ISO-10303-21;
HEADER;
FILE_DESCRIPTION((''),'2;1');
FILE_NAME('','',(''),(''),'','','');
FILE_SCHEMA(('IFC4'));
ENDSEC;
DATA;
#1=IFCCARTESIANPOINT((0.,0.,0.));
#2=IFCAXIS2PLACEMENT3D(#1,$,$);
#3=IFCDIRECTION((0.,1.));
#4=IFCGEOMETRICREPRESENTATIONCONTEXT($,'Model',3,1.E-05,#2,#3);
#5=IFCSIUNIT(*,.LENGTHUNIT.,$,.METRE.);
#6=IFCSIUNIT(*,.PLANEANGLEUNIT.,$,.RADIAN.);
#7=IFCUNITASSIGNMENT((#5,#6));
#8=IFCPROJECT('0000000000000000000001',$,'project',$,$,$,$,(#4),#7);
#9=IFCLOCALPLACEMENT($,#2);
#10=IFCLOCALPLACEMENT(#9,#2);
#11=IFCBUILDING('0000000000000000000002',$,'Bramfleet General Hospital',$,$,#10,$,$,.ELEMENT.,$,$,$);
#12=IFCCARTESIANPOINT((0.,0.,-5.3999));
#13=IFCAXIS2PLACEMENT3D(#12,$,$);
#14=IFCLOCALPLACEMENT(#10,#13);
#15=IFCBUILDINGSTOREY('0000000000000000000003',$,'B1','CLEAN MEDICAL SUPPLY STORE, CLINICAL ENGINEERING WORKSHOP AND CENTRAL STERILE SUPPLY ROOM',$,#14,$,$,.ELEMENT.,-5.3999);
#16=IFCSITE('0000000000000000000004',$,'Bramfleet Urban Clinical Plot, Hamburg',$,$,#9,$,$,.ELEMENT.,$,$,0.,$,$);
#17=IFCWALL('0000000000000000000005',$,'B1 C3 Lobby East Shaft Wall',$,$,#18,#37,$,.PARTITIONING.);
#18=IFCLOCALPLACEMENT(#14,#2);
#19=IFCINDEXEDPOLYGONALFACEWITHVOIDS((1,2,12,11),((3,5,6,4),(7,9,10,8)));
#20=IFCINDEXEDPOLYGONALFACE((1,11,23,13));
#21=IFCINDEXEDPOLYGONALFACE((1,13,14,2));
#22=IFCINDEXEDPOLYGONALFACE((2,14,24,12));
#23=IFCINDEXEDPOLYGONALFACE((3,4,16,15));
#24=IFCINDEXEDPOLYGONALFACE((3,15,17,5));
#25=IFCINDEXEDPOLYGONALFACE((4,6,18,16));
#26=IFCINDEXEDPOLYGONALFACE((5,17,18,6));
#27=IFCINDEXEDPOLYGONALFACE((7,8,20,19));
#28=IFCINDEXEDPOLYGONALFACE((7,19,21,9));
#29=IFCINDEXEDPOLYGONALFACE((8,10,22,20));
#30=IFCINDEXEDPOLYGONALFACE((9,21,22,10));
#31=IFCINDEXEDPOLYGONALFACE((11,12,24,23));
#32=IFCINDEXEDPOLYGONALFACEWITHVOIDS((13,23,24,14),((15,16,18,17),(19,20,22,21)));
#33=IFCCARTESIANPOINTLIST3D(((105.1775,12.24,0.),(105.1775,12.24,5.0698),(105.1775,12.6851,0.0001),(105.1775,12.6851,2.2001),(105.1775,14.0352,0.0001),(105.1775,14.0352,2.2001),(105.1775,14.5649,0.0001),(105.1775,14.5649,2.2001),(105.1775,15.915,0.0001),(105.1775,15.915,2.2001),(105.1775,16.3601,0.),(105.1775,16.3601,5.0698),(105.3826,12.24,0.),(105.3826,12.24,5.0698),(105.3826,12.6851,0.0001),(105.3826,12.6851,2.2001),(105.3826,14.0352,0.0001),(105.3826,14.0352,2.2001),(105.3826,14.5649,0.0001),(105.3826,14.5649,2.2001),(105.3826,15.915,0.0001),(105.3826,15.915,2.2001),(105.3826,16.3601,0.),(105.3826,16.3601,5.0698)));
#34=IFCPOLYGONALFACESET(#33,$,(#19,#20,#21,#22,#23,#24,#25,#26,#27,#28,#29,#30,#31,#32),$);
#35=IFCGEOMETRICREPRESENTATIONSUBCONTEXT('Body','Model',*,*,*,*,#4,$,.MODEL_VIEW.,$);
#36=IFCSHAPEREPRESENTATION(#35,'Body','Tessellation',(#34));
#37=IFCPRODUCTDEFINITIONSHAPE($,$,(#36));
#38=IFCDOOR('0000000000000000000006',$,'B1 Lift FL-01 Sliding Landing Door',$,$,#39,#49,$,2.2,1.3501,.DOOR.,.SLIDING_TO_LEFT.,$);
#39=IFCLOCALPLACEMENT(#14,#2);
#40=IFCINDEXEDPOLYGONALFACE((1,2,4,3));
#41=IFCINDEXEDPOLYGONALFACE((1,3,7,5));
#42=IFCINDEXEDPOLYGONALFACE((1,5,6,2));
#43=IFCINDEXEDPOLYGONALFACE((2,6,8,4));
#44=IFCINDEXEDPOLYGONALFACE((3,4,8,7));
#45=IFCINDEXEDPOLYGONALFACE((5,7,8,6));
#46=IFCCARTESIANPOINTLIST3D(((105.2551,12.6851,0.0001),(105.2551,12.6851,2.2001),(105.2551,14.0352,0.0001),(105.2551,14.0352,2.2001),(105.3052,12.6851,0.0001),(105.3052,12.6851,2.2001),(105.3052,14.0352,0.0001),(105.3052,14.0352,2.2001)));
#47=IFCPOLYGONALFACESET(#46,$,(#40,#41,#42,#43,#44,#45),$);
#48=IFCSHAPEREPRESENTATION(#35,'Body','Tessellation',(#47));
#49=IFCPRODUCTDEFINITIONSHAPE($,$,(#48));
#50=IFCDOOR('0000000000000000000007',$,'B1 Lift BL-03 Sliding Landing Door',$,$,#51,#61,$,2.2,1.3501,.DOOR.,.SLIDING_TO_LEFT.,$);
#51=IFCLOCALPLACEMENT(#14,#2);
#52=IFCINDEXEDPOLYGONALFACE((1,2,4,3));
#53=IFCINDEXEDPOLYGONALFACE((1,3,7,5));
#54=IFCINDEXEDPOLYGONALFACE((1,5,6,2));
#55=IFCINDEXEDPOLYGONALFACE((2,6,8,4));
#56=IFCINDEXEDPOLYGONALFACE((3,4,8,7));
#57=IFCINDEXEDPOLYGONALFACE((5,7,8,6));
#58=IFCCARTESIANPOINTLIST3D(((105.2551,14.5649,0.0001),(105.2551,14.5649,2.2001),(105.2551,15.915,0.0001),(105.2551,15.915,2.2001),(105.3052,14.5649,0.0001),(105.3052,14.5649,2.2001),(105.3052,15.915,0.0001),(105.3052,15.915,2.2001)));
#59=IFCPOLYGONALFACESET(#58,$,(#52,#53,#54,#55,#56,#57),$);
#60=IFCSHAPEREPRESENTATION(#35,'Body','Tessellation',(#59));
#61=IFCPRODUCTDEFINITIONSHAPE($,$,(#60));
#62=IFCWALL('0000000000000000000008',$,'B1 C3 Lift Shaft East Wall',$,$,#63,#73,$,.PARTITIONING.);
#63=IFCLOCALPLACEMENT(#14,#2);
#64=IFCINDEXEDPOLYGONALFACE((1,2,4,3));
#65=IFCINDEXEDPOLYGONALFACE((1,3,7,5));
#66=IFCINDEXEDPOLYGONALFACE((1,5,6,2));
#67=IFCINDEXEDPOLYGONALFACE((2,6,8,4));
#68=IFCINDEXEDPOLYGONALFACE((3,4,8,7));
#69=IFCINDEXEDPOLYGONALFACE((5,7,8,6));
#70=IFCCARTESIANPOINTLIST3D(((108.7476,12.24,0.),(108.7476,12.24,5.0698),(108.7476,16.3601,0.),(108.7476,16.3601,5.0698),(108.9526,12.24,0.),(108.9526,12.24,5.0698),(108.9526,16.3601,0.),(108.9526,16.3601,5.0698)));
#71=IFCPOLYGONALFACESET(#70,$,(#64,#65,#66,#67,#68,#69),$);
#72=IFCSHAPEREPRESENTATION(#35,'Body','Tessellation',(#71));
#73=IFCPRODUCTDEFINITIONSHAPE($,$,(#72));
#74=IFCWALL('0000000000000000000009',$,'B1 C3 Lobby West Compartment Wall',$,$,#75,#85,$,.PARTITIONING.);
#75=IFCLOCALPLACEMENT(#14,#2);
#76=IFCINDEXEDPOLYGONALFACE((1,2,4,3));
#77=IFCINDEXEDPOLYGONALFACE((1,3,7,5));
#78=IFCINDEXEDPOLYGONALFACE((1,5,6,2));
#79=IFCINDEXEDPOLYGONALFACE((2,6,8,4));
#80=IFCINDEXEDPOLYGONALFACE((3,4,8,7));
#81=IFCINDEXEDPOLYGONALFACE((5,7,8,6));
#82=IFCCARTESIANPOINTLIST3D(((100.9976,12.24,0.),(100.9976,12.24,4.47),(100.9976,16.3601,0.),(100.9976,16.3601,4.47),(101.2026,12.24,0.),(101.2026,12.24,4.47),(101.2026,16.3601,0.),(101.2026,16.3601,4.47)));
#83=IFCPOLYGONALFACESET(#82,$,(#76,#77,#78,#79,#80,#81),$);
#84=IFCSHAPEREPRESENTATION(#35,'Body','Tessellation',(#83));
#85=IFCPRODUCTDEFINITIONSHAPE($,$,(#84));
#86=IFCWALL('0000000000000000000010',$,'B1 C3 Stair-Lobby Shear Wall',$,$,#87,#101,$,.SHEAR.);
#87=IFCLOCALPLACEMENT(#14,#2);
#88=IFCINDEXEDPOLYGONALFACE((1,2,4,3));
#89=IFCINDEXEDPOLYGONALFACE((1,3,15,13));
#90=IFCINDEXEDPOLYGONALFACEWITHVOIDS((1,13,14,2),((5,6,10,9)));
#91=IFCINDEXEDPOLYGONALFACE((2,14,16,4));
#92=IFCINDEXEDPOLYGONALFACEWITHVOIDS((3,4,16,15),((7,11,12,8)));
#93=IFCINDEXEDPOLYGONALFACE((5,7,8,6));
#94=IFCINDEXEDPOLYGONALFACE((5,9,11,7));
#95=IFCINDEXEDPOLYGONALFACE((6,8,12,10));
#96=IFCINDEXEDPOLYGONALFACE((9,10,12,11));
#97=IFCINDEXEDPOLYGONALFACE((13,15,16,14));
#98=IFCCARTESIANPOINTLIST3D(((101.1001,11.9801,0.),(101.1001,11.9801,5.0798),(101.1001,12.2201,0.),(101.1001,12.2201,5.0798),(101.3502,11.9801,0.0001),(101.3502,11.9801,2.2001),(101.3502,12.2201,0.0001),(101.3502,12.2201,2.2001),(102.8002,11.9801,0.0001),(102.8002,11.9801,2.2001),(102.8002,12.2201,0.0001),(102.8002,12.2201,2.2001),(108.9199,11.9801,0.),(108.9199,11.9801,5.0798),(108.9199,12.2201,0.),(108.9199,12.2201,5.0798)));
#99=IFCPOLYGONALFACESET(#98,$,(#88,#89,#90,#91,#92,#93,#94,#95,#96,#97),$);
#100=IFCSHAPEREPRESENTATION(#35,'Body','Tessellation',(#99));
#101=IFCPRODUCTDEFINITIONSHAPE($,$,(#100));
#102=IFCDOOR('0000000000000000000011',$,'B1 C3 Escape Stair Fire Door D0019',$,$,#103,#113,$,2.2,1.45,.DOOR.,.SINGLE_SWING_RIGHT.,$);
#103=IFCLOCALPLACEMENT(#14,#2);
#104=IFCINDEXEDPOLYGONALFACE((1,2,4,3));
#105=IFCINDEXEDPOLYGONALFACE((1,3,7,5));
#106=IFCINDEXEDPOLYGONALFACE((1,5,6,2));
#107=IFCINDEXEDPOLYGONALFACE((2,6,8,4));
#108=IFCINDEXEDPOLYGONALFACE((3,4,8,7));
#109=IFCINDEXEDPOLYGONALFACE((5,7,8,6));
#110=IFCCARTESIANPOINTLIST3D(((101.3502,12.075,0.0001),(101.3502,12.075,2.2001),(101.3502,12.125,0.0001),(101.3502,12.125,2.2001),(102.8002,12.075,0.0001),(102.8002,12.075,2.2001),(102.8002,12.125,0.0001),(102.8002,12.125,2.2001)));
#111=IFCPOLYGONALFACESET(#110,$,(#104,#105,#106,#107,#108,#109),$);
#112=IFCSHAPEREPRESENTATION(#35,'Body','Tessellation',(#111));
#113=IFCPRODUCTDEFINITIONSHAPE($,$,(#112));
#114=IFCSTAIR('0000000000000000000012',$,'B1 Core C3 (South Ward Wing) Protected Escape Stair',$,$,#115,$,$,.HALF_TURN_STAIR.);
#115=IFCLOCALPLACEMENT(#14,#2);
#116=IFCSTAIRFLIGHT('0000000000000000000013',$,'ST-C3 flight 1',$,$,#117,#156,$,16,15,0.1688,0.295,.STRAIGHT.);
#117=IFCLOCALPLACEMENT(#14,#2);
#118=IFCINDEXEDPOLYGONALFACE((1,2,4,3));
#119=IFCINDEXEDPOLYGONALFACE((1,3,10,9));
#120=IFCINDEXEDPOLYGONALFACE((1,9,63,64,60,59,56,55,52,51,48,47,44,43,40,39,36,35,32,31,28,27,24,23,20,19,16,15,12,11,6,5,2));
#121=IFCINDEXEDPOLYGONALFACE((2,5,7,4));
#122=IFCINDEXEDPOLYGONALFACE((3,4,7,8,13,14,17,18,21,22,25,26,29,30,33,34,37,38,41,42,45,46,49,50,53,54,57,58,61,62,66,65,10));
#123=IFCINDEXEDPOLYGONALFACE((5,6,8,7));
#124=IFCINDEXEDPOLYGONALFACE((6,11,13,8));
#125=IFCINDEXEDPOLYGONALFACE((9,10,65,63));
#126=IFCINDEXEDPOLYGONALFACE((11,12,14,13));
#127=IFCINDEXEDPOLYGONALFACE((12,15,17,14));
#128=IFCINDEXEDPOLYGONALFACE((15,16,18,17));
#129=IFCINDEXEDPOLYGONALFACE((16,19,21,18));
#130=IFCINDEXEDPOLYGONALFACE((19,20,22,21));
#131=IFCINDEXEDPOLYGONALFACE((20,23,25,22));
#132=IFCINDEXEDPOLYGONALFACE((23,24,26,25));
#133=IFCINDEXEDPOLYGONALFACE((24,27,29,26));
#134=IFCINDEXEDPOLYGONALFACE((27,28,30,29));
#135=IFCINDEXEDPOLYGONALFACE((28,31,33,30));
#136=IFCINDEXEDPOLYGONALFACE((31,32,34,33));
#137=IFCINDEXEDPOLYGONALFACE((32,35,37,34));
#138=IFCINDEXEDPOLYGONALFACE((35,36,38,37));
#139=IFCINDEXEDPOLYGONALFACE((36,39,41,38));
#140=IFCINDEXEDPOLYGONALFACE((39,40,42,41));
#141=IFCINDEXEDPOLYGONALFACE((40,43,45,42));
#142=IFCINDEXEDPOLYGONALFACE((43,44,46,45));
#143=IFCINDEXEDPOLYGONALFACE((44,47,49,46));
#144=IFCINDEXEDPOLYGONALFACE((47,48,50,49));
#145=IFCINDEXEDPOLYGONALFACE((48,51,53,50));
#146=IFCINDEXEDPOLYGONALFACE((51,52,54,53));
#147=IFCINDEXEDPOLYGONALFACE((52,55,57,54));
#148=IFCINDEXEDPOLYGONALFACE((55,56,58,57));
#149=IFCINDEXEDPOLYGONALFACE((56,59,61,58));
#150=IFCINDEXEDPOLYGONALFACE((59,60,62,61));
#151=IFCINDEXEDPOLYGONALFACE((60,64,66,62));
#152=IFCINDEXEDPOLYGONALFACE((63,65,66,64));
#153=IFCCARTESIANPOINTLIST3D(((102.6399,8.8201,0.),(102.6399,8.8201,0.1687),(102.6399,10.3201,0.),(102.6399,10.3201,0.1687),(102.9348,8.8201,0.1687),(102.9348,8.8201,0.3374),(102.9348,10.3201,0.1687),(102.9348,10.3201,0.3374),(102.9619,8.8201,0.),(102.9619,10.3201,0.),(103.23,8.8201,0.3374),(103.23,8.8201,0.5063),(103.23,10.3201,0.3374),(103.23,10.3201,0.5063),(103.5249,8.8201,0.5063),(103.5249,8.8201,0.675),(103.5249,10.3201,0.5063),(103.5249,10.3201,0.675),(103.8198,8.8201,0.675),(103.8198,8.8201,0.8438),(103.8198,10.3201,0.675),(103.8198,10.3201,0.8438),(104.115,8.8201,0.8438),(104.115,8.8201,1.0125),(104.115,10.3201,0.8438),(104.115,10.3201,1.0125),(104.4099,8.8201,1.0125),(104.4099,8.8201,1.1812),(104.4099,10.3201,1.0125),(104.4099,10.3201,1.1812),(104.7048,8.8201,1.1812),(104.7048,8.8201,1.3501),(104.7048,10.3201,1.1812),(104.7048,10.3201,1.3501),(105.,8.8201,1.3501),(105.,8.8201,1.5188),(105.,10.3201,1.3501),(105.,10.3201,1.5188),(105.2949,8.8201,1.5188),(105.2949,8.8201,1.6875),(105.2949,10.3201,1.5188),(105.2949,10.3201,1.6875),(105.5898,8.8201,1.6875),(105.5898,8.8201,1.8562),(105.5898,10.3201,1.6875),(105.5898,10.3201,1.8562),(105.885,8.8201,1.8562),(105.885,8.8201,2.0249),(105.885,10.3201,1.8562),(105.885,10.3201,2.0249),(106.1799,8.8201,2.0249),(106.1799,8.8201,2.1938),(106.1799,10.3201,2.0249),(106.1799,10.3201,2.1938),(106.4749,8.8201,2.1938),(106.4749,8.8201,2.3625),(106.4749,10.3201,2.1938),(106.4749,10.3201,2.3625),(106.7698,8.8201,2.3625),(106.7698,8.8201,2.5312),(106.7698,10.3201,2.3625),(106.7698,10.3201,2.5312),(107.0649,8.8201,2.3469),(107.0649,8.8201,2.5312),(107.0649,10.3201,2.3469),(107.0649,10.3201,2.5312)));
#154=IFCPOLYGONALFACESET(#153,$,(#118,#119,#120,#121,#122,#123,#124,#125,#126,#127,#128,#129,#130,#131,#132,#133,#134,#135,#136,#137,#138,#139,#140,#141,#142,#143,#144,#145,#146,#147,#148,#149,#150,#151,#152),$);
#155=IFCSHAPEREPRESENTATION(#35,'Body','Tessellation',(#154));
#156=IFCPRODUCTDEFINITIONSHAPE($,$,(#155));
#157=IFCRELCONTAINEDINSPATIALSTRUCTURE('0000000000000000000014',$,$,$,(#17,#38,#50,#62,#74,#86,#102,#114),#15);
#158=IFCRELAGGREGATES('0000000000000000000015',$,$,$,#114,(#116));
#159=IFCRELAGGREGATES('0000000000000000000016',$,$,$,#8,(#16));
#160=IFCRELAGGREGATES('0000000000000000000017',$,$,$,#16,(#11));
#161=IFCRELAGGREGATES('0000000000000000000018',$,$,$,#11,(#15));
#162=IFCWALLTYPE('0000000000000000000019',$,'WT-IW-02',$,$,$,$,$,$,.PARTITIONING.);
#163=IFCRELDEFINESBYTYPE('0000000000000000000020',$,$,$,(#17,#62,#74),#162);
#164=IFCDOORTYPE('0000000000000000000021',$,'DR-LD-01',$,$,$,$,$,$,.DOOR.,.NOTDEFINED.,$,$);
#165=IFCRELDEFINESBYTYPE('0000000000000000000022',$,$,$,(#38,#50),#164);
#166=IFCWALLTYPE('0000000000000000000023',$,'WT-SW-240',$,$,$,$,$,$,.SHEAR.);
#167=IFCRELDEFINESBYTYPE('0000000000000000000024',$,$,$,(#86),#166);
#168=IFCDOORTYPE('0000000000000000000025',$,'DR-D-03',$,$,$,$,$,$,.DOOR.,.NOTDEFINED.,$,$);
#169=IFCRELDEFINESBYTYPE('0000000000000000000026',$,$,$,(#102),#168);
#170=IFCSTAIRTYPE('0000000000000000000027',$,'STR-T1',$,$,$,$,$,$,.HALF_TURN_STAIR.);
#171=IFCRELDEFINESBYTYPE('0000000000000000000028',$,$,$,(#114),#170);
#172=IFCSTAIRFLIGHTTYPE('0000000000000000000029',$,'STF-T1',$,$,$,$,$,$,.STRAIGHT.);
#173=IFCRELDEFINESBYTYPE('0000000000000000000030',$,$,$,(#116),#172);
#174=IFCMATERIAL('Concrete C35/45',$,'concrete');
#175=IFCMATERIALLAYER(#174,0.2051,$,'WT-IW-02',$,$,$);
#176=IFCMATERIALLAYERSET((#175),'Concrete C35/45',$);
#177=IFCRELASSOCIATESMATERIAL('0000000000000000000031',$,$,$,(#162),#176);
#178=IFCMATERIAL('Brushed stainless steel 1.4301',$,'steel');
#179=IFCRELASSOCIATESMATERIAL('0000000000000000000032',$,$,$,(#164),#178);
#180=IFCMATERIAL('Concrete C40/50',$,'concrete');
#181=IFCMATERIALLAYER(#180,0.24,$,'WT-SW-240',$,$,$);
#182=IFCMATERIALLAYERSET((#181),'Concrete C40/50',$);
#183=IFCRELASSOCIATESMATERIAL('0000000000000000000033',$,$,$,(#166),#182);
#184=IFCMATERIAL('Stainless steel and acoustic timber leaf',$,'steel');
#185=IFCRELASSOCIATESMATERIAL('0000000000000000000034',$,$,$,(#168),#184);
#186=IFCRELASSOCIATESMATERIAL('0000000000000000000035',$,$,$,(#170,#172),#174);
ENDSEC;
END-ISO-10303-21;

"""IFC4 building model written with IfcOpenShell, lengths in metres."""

from ifc_helpers import new_model, si_unit, direction, frame, frame_2d, origin, place, context, subcontext, project, spatial, polyline, rectangle, outline, extrude, material, layer, layer_set, type_object, element, fill, aggregate, save


model = new_model("IFC4")

# Units and contexts
model_context = context("Model", 3, precision=1e-05, world=origin(), true_north=direction((0.0, 1.0)))
body_context = subcontext(model_context, "Body", "Model", "MODEL_VIEW")
ifc_project = project(units=[si_unit("LENGTHUNIT", "METRE"), si_unit("PLANEANGLEUNIT", "RADIAN")], contexts=[model_context])

# Site, building, storey
site_placement = place(None, origin())
site = spatial("IfcSite", under=ifc_project, at=site_placement, Name="Bramfleet Urban Clinical Plot, Hamburg", CompositionType="ELEMENT", RefElevation=0.0)
building_placement = place(site_placement, origin())
building = spatial("IfcBuilding", under=site, at=building_placement, Name="Bramfleet General Hospital", CompositionType="ELEMENT")
storey_placement = place(building_placement, frame((0.0, 0.0, -5.3999)))
storey = spatial("IfcBuildingStorey", under=building, at=storey_placement, Name="B1", Description="CLEAN MEDICAL SUPPLY STORE, CLINICAL ENGINEERING WORKSHOP AND CENTRAL STERILE SUPPLY ROOM", CompositionType="ELEMENT", Elevation=-5.3999)

# Shared definitions
ifc_material_1 = material(Name="Concrete C35/45", Category="concrete")

# Wall, openings, doors
ifc_layer_1 = layer(ifc_material_1, 0.2051, Name="WT-IW-02")
ifc_layer_set_1 = layer_set([ifc_layer_1], Name="Concrete C35/45")
wall_type_1 = type_object("IfcWallType", Name="WT-IW-02", PredefinedType="PARTITIONING", material=ifc_layer_set_1)
wall_1_placement = place(storey_placement, frame((105.28, 12.24, 0.0), z_axis=(0.0, 0.0, 1.0), x_axis=(0.0, 1.0, 0.0)))
wall_1 = element("IfcWall", 1, at=wall_1_placement, inside=storey, type_object=wall_type_1, Name="B1 C3 Lobby East Shaft Wall", PredefinedType="PARTITIONING", context=body_context, shape_type="SweptSolid", body=[
    extrude(rectangle(XDim=4.1201, YDim=0.2051, at=frame_2d((2.0601, 0.0))), origin(), (0.0, 0.0, 1.0), 5.0698),
])
opening_1_placement = place(wall_1_placement, frame((0.4451, 0.0, 0.0)))
opening_1 = element("IfcOpeningElement", 2, at=opening_1_placement, cuts=wall_1, PredefinedType="OPENING", context=body_context, shape_type="SweptSolid", body=[
    extrude(rectangle(XDim=1.3501, YDim=2.2, at=frame_2d((0.675, 1.1001))), frame((0.0, 0.1125, 0.0), z_axis=(0.0, -1.0, 0.0), x_axis=(1.0, 0.0, 0.0)), (0.0, 0.0, 1.0), 0.2251),
])
opening_2_placement = place(wall_1_placement, frame((2.325, 0.0, 0.0)))
opening_2 = element("IfcOpeningElement", 3, at=opening_2_placement, cuts=wall_1, PredefinedType="OPENING", context=body_context, shape_type="SweptSolid", body=[
    extrude(rectangle(XDim=1.3501, YDim=2.2, at=frame_2d((0.675, 1.1001))), frame((0.0, 0.1125, 0.0), z_axis=(0.0, -1.0, 0.0), x_axis=(1.0, 0.0, 0.0)), (0.0, 0.0, 1.0), 0.2251),
])
ifc_material_2 = material(Name="Brushed stainless steel 1.4301", Category="steel")
door_type_1 = type_object("IfcDoorType", Name="DR-LD-01", OperationType="NOTDEFINED", PredefinedType="DOOR", material=ifc_material_2)
door_1_placement = place(opening_1_placement, origin())
door_1 = element("IfcDoor", 4, at=door_1_placement, inside=storey, type_object=door_type_1, Name="B1 Lift FL-01 Sliding Landing Door", OperationType="SLIDING_TO_LEFT", OverallHeight=2.2, OverallWidth=1.3501, PredefinedType="DOOR", context=body_context, shape_type="SweptSolid", body=[
    extrude(rectangle(XDim=1.3501, YDim=2.2, at=frame_2d((0.675, 1.1001))), frame((0.0, 0.0249, 0.0), z_axis=(0.0, -1.0, 0.0), x_axis=(1.0, 0.0, 0.0)), (0.0, 0.0, 1.0), 0.05),
])
fill(opening_1, door_1)
door_2_placement = place(opening_2_placement, origin())
door_2 = element("IfcDoor", 5, at=door_2_placement, inside=storey, type_object=door_type_1, Name="B1 Lift BL-03 Sliding Landing Door", OperationType="SLIDING_TO_LEFT", OverallHeight=2.2, OverallWidth=1.3501, PredefinedType="DOOR", context=body_context, shape_type="SweptSolid", body=[
    extrude(rectangle(XDim=1.3501, YDim=2.2, at=frame_2d((0.675, 1.1001))), frame((0.0, 0.0249, 0.0), z_axis=(0.0, -1.0, 0.0), x_axis=(1.0, 0.0, 0.0)), (0.0, 0.0, 1.0), 0.05),
])
fill(opening_2, door_2)

# Walls
wall_2_placement = place(storey_placement, frame((108.8501, 12.24, 0.0), z_axis=(0.0, 0.0, 1.0), x_axis=(0.0, 1.0, 0.0)))
element("IfcWall", 6, at=wall_2_placement, inside=storey, type_object=wall_type_1, Name="B1 C3 Lift Shaft East Wall", PredefinedType="PARTITIONING", context=body_context, shape_type="SweptSolid", body=[
    extrude(rectangle(XDim=4.1201, YDim=0.2051, at=frame_2d((2.0601, 0.0))), origin(), (0.0, 0.0, 1.0), 5.0698),
])
wall_3_placement = place(storey_placement, frame((101.1001, 12.24, 0.0), z_axis=(0.0, 0.0, 1.0), x_axis=(0.0, 1.0, 0.0)))
element("IfcWall", 7, at=wall_3_placement, inside=storey, type_object=wall_type_1, Name="B1 C3 Lobby West Compartment Wall", PredefinedType="PARTITIONING", context=body_context, shape_type="SweptSolid", body=[
    extrude(rectangle(XDim=4.1201, YDim=0.2051, at=frame_2d((2.0601, 0.0))), origin(), (0.0, 0.0, 1.0), 4.47),
])

# Wall, opening, door
ifc_material_3 = material(Name="Concrete C40/50", Category="concrete")
ifc_layer_2 = layer(ifc_material_3, 0.24, Name="WT-SW-240")
ifc_layer_set_2 = layer_set([ifc_layer_2], Name="Concrete C40/50")
wall_type_2 = type_object("IfcWallType", Name="WT-SW-240", PredefinedType="SHEAR", material=ifc_layer_set_2)
wall_4_placement = place(storey_placement, frame((101.1001, 12.1001, 0.0), z_axis=(0.0, 0.0, 1.0), x_axis=(1.0, 0.0, 0.0)))
wall_4 = element("IfcWall", 8, at=wall_4_placement, inside=storey, type_object=wall_type_2, Name="B1 C3 Stair-Lobby Shear Wall", PredefinedType="SHEAR", context=body_context, shape_type="SweptSolid", body=[
    extrude(rectangle(XDim=7.8198, YDim=0.24, at=frame_2d((3.9099, 0.0))), origin(), (0.0, 0.0, 1.0), 5.0798),
])
opening_3_placement = place(wall_4_placement, frame((0.25, 0.0, 0.0)))
opening_3 = element("IfcOpeningElement", 9, at=opening_3_placement, cuts=wall_4, PredefinedType="OPENING", context=body_context, shape_type="SweptSolid", body=[
    extrude(rectangle(XDim=1.45, YDim=2.2, at=frame_2d((0.7251, 1.1001))), frame((0.0, 0.1299, 0.0), z_axis=(0.0, -1.0, 0.0), x_axis=(1.0, 0.0, 0.0)), (0.0, 0.0, 1.0), 0.26),
])
ifc_material_4 = material(Name="Stainless steel and acoustic timber leaf", Category="steel")
door_type_2 = type_object("IfcDoorType", Name="DR-D-03", OperationType="NOTDEFINED", PredefinedType="DOOR", material=ifc_material_4)
door_3_placement = place(opening_3_placement, origin())
door_3 = element("IfcDoor", 10, at=door_3_placement, inside=storey, type_object=door_type_2, Name="B1 C3 Escape Stair Fire Door D0019", OperationType="SINGLE_SWING_RIGHT", OverallHeight=2.2, OverallWidth=1.45, PredefinedType="DOOR", context=body_context, shape_type="SweptSolid", body=[
    extrude(rectangle(XDim=1.45, YDim=2.2, at=frame_2d((0.7251, 1.1001))), frame((0.0, 0.0249, 0.0), z_axis=(0.0, -1.0, 0.0), x_axis=(1.0, 0.0, 0.0)), (0.0, 0.0, 1.0), 0.05),
])
fill(opening_3, door_3)

# Stair, stair flight
stair_type = type_object("IfcStairType", Name="STR-T1", PredefinedType="HALF_TURN_STAIR", material=ifc_material_1)
stair_placement = place(storey_placement, origin())
stair = element("IfcStair", 11, at=stair_placement, inside=storey, type_object=stair_type, Name="B1 Core C3 (South Ward Wing) Protected Escape Stair", PredefinedType="HALF_TURN_STAIR")
stair_flight_type = type_object("IfcStairFlightType", Name="STF-T1", PredefinedType="STRAIGHT", material=ifc_material_1)
stair_flight_1_placement = place(storey_placement, frame((102.6399, 9.5701, 0.0), z_axis=(0.0, 0.0, 1.0), x_axis=(1.0, 0.0, 0.0)))
stair_flight_1 = element("IfcStairFlight", 12, at=stair_flight_1_placement, type_object=stair_flight_type, Name="ST-C3 flight 1", NumberOfRisers=16, NumberOfTreads=15, PredefinedType="STRAIGHT", RiserHeight=0.1688, TreadLength=0.295, context=body_context, shape_type="SweptSolid", body=[
    extrude(outline(polyline([(0.0, 0.0), (0.0, 0.1687), (0.2949, 0.1687), (0.2949, 0.3374), (0.5901, 0.3374), (0.5901, 0.5063), (0.885, 0.5063), (0.885, 0.675), (1.1799, 0.675), (1.1799, 0.8438), (1.4751, 0.8438), (1.4751, 1.0125), (1.77, 1.0125), (1.77, 1.1812), (2.0649, 1.1812), (2.0649, 1.3501), (2.3601, 1.3501), (2.3601, 1.5188), (2.655, 1.5188), (2.655, 1.6875), (2.95, 1.6875), (2.95, 1.8562), (3.2451, 1.8562), (3.2451, 2.0249), (3.54, 2.0249), (3.54, 2.1938), (3.835, 2.1938), (3.835, 2.3625), (4.1299, 2.3625), (4.1299, 2.5312), (4.425, 2.5312), (4.425, 2.7), (4.425, 2.3469), (0.322, 0.0), (0.0, 0.0)])), frame((0.0, 0.75, 0.0), z_axis=(0.0, -1.0, 0.0), x_axis=(1.0, 0.0, 0.0)), (0.0, 0.0, 1.0), 1.5),
])
aggregate(stair, [stair_flight_1])

save(model, "model.ifc")
